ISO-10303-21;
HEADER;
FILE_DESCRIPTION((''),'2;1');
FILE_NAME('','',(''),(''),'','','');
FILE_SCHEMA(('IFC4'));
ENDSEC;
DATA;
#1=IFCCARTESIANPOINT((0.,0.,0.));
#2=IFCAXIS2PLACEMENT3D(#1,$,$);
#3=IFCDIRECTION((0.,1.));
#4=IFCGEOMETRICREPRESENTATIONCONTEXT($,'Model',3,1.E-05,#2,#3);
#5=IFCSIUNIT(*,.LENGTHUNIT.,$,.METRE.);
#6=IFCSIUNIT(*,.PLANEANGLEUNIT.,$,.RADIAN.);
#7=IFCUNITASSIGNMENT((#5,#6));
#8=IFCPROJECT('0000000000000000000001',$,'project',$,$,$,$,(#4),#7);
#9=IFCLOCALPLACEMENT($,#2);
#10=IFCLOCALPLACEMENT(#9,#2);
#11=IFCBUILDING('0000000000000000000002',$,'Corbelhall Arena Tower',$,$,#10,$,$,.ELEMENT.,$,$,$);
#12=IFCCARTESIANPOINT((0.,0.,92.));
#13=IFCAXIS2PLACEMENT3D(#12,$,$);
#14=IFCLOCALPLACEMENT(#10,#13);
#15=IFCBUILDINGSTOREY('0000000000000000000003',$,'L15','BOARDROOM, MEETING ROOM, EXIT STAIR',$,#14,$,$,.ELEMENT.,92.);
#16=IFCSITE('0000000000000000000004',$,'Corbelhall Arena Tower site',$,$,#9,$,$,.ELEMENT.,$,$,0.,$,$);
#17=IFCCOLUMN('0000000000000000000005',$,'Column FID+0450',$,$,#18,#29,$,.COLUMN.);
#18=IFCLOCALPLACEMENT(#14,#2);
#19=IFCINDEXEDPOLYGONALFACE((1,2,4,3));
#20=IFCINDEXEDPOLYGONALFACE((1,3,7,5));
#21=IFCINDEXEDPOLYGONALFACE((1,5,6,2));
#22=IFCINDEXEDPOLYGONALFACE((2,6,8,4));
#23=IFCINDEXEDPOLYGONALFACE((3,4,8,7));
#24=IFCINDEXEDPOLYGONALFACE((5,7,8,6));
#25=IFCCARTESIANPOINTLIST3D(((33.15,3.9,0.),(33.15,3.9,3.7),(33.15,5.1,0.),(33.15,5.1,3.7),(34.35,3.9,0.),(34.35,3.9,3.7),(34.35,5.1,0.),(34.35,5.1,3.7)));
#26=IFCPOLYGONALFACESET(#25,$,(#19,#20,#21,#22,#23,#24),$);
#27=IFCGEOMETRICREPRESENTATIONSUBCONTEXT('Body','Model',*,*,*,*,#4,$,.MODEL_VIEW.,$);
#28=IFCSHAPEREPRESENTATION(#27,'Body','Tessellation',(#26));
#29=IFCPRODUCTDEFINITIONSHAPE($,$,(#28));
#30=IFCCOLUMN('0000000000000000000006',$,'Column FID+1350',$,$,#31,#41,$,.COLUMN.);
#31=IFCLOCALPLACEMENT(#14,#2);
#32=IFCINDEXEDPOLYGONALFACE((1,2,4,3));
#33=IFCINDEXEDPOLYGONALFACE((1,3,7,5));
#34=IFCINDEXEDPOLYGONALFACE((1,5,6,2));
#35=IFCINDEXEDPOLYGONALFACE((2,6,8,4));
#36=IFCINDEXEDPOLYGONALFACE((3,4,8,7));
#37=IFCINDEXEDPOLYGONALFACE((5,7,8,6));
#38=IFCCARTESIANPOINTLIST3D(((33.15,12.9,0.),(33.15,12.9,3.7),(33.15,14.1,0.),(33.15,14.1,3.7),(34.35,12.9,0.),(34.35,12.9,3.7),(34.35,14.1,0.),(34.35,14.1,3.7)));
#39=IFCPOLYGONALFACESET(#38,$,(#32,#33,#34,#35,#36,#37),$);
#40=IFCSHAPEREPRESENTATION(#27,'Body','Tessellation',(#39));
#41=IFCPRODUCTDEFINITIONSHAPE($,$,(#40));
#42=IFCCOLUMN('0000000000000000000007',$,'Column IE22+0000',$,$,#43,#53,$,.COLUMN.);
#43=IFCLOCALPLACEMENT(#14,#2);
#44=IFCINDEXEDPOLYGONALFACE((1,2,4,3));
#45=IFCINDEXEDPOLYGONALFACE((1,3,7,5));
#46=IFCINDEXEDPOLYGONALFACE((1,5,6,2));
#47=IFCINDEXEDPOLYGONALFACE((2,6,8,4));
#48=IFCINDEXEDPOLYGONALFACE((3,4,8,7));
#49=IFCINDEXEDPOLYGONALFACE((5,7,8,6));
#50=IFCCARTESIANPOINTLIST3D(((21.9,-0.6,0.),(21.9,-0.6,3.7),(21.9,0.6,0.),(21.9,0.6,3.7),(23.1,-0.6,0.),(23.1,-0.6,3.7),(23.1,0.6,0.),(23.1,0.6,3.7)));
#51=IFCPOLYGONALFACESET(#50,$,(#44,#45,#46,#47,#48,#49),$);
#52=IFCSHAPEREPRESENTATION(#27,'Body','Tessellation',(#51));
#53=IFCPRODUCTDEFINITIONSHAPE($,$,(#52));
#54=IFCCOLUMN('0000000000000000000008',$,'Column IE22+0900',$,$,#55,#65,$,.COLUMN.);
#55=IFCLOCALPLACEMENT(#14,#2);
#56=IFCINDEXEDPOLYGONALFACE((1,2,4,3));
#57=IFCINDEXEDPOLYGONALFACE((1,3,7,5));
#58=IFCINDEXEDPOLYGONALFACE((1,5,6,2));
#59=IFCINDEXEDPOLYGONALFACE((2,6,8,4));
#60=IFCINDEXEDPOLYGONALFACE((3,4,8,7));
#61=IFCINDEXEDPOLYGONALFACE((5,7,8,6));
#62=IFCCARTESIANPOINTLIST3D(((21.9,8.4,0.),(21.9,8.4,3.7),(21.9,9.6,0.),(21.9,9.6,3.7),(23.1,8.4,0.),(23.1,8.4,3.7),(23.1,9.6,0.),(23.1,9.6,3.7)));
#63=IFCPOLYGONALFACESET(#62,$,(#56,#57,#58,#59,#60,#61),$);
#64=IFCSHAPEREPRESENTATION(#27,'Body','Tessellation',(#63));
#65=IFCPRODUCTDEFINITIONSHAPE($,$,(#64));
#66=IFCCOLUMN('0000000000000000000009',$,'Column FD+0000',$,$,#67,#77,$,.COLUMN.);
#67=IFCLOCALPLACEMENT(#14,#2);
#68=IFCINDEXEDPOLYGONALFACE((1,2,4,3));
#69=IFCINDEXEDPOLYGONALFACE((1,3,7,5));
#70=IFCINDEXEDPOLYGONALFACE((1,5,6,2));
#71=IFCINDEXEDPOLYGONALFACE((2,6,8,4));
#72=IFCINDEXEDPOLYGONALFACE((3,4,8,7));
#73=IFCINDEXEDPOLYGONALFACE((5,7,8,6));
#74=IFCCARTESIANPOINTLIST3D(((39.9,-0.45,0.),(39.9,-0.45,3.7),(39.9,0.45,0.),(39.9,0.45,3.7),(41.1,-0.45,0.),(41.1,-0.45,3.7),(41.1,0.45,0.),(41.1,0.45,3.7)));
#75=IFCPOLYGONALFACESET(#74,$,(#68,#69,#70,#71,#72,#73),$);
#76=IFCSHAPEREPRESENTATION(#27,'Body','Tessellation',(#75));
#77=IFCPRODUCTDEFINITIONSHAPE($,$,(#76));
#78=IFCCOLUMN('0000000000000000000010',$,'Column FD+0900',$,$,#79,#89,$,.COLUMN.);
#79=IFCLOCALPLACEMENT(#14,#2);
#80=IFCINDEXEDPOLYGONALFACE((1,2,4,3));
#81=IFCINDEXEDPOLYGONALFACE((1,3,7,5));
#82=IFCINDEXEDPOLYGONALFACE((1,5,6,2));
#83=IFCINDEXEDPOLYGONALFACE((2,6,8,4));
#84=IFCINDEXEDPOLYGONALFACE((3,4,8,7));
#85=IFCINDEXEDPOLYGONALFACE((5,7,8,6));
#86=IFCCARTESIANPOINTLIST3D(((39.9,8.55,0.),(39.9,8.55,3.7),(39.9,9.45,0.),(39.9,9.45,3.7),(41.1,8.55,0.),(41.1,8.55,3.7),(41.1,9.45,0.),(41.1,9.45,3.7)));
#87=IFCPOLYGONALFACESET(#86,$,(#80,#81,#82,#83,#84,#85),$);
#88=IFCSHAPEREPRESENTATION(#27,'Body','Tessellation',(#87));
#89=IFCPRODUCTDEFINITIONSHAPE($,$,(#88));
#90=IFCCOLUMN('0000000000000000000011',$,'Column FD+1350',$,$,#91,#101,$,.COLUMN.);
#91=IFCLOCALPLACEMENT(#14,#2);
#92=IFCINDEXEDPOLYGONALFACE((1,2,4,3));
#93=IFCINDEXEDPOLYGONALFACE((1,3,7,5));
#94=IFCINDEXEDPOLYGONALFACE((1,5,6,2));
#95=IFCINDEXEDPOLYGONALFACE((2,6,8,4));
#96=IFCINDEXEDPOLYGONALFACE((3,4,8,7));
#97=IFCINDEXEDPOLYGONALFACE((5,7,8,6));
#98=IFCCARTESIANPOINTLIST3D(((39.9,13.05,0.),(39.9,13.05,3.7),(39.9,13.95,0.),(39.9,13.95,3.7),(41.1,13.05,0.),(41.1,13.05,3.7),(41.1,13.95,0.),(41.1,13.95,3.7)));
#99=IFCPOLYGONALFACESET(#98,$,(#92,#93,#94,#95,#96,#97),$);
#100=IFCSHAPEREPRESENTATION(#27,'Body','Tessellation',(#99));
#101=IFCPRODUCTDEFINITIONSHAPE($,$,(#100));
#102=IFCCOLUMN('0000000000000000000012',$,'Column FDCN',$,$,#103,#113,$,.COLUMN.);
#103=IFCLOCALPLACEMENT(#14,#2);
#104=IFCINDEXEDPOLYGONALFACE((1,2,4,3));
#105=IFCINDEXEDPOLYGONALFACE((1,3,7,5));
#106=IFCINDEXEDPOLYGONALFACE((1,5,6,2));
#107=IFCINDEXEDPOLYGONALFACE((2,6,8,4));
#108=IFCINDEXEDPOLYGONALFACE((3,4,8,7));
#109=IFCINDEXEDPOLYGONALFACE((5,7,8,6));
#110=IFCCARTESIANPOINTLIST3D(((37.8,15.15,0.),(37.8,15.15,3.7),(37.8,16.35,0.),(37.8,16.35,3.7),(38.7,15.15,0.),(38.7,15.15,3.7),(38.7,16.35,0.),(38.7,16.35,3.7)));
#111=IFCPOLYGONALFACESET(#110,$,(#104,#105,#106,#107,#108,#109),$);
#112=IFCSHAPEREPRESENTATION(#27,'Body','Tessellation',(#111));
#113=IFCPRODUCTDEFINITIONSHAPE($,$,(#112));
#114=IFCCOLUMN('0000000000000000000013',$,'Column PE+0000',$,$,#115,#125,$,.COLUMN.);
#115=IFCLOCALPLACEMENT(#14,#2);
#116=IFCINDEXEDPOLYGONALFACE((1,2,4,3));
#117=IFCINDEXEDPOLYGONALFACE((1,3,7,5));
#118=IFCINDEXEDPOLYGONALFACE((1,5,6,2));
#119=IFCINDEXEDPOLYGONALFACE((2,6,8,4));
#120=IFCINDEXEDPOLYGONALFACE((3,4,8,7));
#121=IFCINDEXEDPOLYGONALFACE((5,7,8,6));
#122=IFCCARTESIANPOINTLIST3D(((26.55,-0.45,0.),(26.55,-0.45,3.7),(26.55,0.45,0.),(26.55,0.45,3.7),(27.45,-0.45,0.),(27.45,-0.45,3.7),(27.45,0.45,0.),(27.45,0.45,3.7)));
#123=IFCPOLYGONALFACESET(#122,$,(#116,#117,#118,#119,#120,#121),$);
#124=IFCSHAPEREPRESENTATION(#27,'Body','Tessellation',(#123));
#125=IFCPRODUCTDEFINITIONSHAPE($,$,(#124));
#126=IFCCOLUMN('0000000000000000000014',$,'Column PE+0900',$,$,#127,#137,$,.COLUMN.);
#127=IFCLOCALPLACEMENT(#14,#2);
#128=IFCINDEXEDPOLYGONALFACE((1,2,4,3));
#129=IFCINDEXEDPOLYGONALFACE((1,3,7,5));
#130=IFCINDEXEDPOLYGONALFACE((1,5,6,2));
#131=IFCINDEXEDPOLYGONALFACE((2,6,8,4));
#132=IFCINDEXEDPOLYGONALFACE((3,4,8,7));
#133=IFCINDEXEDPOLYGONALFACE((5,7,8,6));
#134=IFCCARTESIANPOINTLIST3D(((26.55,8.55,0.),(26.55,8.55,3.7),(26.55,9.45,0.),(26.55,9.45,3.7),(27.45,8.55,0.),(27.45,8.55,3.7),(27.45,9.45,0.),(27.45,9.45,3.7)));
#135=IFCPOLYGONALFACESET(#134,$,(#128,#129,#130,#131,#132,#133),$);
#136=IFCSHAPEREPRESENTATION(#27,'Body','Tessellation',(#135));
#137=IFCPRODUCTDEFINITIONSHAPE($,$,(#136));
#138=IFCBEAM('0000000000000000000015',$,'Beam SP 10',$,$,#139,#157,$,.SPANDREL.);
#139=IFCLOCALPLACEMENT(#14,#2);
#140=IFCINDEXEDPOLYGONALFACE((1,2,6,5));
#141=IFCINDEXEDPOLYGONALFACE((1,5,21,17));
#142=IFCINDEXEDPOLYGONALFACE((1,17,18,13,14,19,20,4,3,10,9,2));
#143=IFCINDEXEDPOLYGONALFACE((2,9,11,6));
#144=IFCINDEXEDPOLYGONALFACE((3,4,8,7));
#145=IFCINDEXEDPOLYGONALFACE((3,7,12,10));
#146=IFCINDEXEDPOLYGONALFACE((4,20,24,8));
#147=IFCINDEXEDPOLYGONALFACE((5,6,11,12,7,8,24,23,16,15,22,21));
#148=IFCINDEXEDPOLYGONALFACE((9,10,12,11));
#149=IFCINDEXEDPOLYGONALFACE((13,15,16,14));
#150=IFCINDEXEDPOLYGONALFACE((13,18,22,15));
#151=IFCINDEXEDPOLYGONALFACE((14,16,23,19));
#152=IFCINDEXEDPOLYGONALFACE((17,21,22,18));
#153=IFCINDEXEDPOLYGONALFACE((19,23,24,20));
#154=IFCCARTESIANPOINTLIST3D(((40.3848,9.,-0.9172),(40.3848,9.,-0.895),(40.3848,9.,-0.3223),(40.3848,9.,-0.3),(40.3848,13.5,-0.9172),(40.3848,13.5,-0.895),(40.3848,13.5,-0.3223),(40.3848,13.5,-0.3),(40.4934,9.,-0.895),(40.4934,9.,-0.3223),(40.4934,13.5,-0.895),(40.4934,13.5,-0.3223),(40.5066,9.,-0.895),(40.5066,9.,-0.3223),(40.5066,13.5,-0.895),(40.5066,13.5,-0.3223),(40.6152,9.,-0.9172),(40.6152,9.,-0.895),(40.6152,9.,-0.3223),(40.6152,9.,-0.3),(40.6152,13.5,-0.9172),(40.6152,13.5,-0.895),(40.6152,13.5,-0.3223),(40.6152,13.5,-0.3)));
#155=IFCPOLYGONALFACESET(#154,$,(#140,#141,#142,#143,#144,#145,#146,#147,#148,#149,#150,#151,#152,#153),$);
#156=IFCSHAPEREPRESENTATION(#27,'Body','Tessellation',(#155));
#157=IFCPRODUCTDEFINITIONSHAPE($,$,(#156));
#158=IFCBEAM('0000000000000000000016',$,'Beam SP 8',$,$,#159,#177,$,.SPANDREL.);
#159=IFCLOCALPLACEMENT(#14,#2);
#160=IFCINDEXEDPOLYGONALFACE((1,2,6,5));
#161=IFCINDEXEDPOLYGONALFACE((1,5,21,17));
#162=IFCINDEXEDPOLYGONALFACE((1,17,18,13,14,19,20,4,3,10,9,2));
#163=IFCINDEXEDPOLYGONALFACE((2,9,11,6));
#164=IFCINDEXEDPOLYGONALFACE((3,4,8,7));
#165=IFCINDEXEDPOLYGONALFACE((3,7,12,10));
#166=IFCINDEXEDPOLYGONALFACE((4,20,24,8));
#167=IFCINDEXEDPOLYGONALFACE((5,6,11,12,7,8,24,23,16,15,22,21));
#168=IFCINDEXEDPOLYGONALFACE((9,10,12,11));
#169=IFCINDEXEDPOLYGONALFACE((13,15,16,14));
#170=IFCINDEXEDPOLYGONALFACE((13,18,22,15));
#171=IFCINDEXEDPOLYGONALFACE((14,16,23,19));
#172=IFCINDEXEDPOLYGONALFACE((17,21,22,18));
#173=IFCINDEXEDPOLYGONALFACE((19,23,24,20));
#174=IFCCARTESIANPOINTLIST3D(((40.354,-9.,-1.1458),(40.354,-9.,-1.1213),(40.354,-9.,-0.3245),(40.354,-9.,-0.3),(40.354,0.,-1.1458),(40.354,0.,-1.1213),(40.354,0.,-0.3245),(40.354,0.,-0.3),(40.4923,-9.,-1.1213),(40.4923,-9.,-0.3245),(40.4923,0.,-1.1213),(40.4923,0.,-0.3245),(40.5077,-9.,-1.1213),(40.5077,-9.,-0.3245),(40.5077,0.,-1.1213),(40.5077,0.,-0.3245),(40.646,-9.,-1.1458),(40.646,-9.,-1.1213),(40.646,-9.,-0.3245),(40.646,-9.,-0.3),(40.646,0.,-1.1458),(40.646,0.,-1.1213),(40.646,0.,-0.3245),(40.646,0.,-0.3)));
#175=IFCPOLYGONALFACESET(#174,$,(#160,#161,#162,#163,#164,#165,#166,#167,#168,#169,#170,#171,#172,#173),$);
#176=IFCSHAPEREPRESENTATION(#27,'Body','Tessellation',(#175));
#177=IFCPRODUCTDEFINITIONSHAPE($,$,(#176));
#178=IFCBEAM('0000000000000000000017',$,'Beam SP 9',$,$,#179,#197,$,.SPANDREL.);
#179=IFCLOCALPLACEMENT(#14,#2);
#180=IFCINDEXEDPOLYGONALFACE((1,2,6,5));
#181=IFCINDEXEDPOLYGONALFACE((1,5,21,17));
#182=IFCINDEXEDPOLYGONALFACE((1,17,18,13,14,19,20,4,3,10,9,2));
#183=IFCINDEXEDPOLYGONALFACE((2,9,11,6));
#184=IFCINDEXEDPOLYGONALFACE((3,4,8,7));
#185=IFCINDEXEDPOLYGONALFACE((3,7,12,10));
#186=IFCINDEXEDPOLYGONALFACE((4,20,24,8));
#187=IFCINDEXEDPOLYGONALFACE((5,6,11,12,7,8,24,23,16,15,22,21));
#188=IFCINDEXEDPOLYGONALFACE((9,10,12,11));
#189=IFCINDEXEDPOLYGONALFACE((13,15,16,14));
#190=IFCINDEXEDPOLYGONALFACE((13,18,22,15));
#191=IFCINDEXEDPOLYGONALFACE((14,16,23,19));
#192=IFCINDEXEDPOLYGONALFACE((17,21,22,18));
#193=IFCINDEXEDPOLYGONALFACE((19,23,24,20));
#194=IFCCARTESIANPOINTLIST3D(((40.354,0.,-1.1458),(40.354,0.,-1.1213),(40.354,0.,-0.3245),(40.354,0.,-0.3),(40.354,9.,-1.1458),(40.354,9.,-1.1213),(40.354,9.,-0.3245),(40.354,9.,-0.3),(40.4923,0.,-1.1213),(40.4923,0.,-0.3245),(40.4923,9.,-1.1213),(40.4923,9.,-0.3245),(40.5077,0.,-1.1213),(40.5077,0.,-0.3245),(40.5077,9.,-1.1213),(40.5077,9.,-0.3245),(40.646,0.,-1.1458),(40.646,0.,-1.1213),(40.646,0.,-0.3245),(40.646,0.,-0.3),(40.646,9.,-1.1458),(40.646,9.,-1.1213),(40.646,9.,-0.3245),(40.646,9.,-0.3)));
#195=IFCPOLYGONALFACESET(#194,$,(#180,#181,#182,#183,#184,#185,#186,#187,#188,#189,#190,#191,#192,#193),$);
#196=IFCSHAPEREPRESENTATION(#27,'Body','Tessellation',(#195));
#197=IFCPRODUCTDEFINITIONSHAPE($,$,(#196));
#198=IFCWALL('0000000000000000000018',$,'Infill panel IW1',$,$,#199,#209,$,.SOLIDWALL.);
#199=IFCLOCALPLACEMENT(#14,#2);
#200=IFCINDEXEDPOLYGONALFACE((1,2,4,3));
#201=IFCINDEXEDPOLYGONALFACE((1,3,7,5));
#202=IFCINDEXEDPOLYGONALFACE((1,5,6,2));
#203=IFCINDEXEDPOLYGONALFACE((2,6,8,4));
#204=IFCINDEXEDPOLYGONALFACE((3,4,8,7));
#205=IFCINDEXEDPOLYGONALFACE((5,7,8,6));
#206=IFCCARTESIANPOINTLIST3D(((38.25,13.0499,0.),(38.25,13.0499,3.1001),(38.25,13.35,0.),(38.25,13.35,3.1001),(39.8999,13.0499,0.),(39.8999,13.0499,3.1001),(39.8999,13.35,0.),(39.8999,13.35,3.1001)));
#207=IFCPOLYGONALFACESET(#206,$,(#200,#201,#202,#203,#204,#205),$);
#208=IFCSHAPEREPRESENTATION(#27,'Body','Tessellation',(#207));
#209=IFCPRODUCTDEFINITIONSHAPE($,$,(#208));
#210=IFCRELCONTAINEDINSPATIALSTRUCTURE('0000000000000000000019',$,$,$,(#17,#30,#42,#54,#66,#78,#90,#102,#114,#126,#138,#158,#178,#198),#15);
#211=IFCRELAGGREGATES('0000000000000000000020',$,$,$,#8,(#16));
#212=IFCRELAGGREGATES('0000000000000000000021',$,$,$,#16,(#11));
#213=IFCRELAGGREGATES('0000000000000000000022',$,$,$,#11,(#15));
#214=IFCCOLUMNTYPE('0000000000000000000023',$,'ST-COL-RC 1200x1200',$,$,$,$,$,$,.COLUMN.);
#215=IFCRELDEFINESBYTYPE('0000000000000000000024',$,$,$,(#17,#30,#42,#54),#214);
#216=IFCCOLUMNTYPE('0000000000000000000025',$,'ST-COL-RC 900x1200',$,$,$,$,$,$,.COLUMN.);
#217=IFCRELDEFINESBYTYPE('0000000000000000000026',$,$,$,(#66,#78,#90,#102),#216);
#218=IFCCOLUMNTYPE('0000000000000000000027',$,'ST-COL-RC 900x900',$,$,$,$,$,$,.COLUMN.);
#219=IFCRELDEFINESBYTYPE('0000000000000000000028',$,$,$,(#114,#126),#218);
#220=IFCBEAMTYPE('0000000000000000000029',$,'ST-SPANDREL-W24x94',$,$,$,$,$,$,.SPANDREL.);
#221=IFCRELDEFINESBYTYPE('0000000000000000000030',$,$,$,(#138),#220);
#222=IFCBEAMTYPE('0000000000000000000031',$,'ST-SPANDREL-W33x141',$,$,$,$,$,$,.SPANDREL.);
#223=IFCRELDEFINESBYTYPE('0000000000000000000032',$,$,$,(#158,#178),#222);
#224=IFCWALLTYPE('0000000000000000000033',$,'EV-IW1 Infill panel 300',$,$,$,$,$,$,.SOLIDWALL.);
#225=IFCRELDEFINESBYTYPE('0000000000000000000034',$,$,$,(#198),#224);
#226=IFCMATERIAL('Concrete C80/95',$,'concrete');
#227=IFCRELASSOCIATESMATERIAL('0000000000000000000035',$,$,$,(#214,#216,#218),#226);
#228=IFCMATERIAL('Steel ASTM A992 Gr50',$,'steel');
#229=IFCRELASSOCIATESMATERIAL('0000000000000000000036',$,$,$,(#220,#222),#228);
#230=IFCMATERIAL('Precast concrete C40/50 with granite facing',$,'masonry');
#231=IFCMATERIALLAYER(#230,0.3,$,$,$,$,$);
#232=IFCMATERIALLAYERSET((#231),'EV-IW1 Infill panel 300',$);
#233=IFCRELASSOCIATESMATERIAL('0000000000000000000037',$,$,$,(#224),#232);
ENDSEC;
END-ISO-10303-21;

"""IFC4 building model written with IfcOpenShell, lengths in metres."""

from ifc_helpers import new_model, si_unit, direction, frame, frame_2d, origin, origin_2d, place, context, subcontext, project, spatial, rectangle, i_section, extrude, material, layer, layer_set, material_profile, profile_set, type_object, element, save


model = new_model("IFC4")

# Units and contexts
model_context = context("Model", 3, precision=1e-05, world=origin(), true_north=direction((0.0, 1.0)))
body_context = subcontext(model_context, "Body", "Model", "MODEL_VIEW")
ifc_project = project(units=[si_unit("LENGTHUNIT", "METRE"), si_unit("PLANEANGLEUNIT", "RADIAN")], contexts=[model_context])

# Site, building, storey
site_placement = place(None, origin())
site = spatial("IfcSite", under=ifc_project, at=site_placement, Name="Corbelhall Arena Tower site", CompositionType="ELEMENT", RefElevation=0.0)
building_placement = place(site_placement, origin())
building = spatial("IfcBuilding", under=site, at=building_placement, Name="Corbelhall Arena Tower", CompositionType="ELEMENT")
storey_placement = place(building_placement, frame((0.0, 0.0, 92.0)))
storey = spatial("IfcBuildingStorey", under=building, at=storey_placement, Name="L15", Description="BOARDROOM, MEETING ROOM, EXIT STAIR", CompositionType="ELEMENT", Elevation=92.0)

# Columns
ifc_material_1 = material(Name="Concrete C80/95", Category="concrete")
ifc_material_profile_1 = material_profile(ifc_material_1, rectangle(XDim=1.2, YDim=1.2, at=origin_2d()))
ifc_profile_set_1 = profile_set([ifc_material_profile_1], Name="Concrete C80/95")
column_type_1 = type_object("IfcColumnType", Name="ST-COL-RC 1200x1200", PredefinedType="COLUMN", material=ifc_profile_set_1)
for number, where, z_axis, x_axis, name in (
    (1, (33.75, 4.5, 0.0), (0.0, 0.0, 1.0), (1.0, 0.0, 0.0), "Column FID+0450"),
    (2, (33.75, 13.5, 0.0), (0.0, 0.0, 1.0), (1.0, 0.0, 0.0), "Column FID+1350"),
    (3, (22.5, 0.0, 0.0), (0.0, 0.0, 1.0), (1.0, 0.0, 0.0), "Column IE22+0000"),
    (4, (22.5, 9.0, 0.0), (0.0, 0.0, 1.0), (1.0, 0.0, 0.0), "Column IE22+0900"),
):
    element("IfcColumn", number, at=place(storey_placement, frame(where, z_axis=z_axis, x_axis=x_axis)), inside=storey, type_object=column_type_1, Name=name, PredefinedType="COLUMN", context=body_context, shape_type="SweptSolid", body=[
        extrude(rectangle(XDim=1.2, YDim=1.2, at=origin_2d()), origin(), (0.0, 0.0, 1.0), 3.7),
    ])
ifc_material_profile_2 = material_profile(ifc_material_1, rectangle(XDim=0.8999, YDim=1.2, at=origin_2d()))
ifc_profile_set_2 = profile_set([ifc_material_profile_2], Name="Concrete C80/95")
column_type_2 = type_object("IfcColumnType", Name="ST-COL-RC 900x1200", PredefinedType="COLUMN", material=ifc_profile_set_2)
for number, where, z_axis, x_axis, name in (
    (5, (40.5, 0.0, 0.0), (0.0, 0.0, 1.0), (0.0, 1.0, 0.0), "Column FD+0000"),
    (6, (40.5, 9.0, 0.0), (0.0, 0.0, 1.0), (0.0, 1.0, 0.0), "Column FD+0900"),
    (7, (40.5, 13.5, 0.0), (0.0, 0.0, 1.0), (0.0, 1.0, 0.0), "Column FD+1350"),
    (8, (38.25, 15.75, 0.0), (0.0, 0.0, 1.0), (1.0, 0.0, 0.0), "Column FDCN"),
):
    element("IfcColumn", number, at=place(storey_placement, frame(where, z_axis=z_axis, x_axis=x_axis)), inside=storey, type_object=column_type_2, Name=name, PredefinedType="COLUMN", context=body_context, shape_type="SweptSolid", body=[
        extrude(rectangle(XDim=0.8999, YDim=1.2, at=origin_2d()), origin(), (0.0, 0.0, 1.0), 3.7),
    ])
ifc_material_profile_3 = material_profile(ifc_material_1, rectangle(XDim=0.8999, YDim=0.8999, at=origin_2d()))
ifc_profile_set_3 = profile_set([ifc_material_profile_3], Name="Concrete C80/95")
column_type_3 = type_object("IfcColumnType", Name="ST-COL-RC 900x900", PredefinedType="COLUMN", material=ifc_profile_set_3)
for number, where, z_axis, x_axis, name in (
    (9, (27.0, 0.0, 0.0), (0.0, 0.0, 1.0), (1.0, 0.0, 0.0), "Column PE+0000"),
    (10, (27.0, 9.0, 0.0), (0.0, 0.0, 1.0), (1.0, 0.0, 0.0), "Column PE+0900"),
):
    element("IfcColumn", number, at=place(storey_placement, frame(where, z_axis=z_axis, x_axis=x_axis)), inside=storey, type_object=column_type_3, Name=name, PredefinedType="COLUMN", context=body_context, shape_type="SweptSolid", body=[
        extrude(rectangle(XDim=0.8999, YDim=0.8999, at=origin_2d()), origin(), (0.0, 0.0, 1.0), 3.7),
    ])

# Beams
ifc_material_2 = material(Name="Steel ASTM A992 Gr50", Category="steel")
ifc_material_profile_4 = material_profile(ifc_material_2, i_section(OverallWidth=0.2305, OverallDepth=0.6172, WebThickness=0.0132, FlangeThickness=0.0222, at=origin_2d()))
ifc_profile_set_4 = profile_set([ifc_material_profile_4], Name="Steel ASTM A992 Gr50")
beam_type_1 = type_object("IfcBeamType", Name="ST-SPANDREL-W24x94", PredefinedType="SPANDREL", material=ifc_profile_set_4)
beam_placement = place(storey_placement, frame((40.5, 13.5, -0.6086), z_axis=(0.0, -1.0, 0.0), x_axis=(1.0, 0.0, 0.0)))
element("IfcBeam", 11, at=beam_placement, inside=storey, type_object=beam_type_1, Name="Beam SP 10", PredefinedType="SPANDREL", context=body_context, shape_type="SweptSolid", body=[
    extrude(i_section(OverallWidth=0.2305, OverallDepth=0.6172, WebThickness=0.0132, FlangeThickness=0.0222, at=origin_2d()), origin(), (0.0, 0.0, 1.0), 4.5),
])
ifc_material_profile_5 = material_profile(ifc_material_2, i_section(OverallWidth=0.292, OverallDepth=0.8457, WebThickness=0.0154, FlangeThickness=0.0244, at=origin_2d()))
ifc_profile_set_5 = profile_set([ifc_material_profile_5], Name="Steel ASTM A992 Gr50")
beam_type_2 = type_object("IfcBeamType", Name="ST-SPANDREL-W33x141", PredefinedType="SPANDREL", material=ifc_profile_set_5)
for number, where, z_axis, x_axis, name in (
    (12, (40.5, 0.0, -0.7229), (0.0, -1.0, 0.0), (1.0, 0.0, 0.0), "Beam SP 8"),
    (13, (40.5, 9.0, -0.7229), (0.0, -1.0, 0.0), (1.0, 0.0, 0.0), "Beam SP 9"),
):
    element("IfcBeam", number, at=place(storey_placement, frame(where, z_axis=z_axis, x_axis=x_axis)), inside=storey, type_object=beam_type_2, Name=name, PredefinedType="SPANDREL", context=body_context, shape_type="SweptSolid", body=[
        extrude(i_section(OverallWidth=0.292, OverallDepth=0.8457, WebThickness=0.0154, FlangeThickness=0.0244, at=origin_2d()), origin(), (0.0, 0.0, 1.0), 9.0),
    ])

# Wall
ifc_material_3 = material(Name="Precast concrete C40/50 with granite facing", Category="masonry")
ifc_layer_1 = layer(ifc_material_3, 0.3)
ifc_layer_set_1 = layer_set([ifc_layer_1], Name="EV-IW1 Infill panel 300")
wall_type_1 = type_object("IfcWallType", Name="EV-IW1 Infill panel 300", PredefinedType="SOLIDWALL", material=ifc_layer_set_1)
wall_1_placement = place(storey_placement, frame((39.8999, 13.2, 0.0), z_axis=(0.0, 0.0, 1.0), x_axis=(-1.0, 0.0, 0.0)))
element("IfcWall", 14, at=wall_1_placement, inside=storey, type_object=wall_type_1, Name="Infill panel IW1", PredefinedType="SOLIDWALL", context=body_context, shape_type="SweptSolid", body=[
    extrude(rectangle(XDim=1.6499, YDim=0.3, at=frame_2d((0.825, 0.0))), origin(), (0.0, 0.0, 1.0), 3.1001),
])

save(model, "model.ifc")
